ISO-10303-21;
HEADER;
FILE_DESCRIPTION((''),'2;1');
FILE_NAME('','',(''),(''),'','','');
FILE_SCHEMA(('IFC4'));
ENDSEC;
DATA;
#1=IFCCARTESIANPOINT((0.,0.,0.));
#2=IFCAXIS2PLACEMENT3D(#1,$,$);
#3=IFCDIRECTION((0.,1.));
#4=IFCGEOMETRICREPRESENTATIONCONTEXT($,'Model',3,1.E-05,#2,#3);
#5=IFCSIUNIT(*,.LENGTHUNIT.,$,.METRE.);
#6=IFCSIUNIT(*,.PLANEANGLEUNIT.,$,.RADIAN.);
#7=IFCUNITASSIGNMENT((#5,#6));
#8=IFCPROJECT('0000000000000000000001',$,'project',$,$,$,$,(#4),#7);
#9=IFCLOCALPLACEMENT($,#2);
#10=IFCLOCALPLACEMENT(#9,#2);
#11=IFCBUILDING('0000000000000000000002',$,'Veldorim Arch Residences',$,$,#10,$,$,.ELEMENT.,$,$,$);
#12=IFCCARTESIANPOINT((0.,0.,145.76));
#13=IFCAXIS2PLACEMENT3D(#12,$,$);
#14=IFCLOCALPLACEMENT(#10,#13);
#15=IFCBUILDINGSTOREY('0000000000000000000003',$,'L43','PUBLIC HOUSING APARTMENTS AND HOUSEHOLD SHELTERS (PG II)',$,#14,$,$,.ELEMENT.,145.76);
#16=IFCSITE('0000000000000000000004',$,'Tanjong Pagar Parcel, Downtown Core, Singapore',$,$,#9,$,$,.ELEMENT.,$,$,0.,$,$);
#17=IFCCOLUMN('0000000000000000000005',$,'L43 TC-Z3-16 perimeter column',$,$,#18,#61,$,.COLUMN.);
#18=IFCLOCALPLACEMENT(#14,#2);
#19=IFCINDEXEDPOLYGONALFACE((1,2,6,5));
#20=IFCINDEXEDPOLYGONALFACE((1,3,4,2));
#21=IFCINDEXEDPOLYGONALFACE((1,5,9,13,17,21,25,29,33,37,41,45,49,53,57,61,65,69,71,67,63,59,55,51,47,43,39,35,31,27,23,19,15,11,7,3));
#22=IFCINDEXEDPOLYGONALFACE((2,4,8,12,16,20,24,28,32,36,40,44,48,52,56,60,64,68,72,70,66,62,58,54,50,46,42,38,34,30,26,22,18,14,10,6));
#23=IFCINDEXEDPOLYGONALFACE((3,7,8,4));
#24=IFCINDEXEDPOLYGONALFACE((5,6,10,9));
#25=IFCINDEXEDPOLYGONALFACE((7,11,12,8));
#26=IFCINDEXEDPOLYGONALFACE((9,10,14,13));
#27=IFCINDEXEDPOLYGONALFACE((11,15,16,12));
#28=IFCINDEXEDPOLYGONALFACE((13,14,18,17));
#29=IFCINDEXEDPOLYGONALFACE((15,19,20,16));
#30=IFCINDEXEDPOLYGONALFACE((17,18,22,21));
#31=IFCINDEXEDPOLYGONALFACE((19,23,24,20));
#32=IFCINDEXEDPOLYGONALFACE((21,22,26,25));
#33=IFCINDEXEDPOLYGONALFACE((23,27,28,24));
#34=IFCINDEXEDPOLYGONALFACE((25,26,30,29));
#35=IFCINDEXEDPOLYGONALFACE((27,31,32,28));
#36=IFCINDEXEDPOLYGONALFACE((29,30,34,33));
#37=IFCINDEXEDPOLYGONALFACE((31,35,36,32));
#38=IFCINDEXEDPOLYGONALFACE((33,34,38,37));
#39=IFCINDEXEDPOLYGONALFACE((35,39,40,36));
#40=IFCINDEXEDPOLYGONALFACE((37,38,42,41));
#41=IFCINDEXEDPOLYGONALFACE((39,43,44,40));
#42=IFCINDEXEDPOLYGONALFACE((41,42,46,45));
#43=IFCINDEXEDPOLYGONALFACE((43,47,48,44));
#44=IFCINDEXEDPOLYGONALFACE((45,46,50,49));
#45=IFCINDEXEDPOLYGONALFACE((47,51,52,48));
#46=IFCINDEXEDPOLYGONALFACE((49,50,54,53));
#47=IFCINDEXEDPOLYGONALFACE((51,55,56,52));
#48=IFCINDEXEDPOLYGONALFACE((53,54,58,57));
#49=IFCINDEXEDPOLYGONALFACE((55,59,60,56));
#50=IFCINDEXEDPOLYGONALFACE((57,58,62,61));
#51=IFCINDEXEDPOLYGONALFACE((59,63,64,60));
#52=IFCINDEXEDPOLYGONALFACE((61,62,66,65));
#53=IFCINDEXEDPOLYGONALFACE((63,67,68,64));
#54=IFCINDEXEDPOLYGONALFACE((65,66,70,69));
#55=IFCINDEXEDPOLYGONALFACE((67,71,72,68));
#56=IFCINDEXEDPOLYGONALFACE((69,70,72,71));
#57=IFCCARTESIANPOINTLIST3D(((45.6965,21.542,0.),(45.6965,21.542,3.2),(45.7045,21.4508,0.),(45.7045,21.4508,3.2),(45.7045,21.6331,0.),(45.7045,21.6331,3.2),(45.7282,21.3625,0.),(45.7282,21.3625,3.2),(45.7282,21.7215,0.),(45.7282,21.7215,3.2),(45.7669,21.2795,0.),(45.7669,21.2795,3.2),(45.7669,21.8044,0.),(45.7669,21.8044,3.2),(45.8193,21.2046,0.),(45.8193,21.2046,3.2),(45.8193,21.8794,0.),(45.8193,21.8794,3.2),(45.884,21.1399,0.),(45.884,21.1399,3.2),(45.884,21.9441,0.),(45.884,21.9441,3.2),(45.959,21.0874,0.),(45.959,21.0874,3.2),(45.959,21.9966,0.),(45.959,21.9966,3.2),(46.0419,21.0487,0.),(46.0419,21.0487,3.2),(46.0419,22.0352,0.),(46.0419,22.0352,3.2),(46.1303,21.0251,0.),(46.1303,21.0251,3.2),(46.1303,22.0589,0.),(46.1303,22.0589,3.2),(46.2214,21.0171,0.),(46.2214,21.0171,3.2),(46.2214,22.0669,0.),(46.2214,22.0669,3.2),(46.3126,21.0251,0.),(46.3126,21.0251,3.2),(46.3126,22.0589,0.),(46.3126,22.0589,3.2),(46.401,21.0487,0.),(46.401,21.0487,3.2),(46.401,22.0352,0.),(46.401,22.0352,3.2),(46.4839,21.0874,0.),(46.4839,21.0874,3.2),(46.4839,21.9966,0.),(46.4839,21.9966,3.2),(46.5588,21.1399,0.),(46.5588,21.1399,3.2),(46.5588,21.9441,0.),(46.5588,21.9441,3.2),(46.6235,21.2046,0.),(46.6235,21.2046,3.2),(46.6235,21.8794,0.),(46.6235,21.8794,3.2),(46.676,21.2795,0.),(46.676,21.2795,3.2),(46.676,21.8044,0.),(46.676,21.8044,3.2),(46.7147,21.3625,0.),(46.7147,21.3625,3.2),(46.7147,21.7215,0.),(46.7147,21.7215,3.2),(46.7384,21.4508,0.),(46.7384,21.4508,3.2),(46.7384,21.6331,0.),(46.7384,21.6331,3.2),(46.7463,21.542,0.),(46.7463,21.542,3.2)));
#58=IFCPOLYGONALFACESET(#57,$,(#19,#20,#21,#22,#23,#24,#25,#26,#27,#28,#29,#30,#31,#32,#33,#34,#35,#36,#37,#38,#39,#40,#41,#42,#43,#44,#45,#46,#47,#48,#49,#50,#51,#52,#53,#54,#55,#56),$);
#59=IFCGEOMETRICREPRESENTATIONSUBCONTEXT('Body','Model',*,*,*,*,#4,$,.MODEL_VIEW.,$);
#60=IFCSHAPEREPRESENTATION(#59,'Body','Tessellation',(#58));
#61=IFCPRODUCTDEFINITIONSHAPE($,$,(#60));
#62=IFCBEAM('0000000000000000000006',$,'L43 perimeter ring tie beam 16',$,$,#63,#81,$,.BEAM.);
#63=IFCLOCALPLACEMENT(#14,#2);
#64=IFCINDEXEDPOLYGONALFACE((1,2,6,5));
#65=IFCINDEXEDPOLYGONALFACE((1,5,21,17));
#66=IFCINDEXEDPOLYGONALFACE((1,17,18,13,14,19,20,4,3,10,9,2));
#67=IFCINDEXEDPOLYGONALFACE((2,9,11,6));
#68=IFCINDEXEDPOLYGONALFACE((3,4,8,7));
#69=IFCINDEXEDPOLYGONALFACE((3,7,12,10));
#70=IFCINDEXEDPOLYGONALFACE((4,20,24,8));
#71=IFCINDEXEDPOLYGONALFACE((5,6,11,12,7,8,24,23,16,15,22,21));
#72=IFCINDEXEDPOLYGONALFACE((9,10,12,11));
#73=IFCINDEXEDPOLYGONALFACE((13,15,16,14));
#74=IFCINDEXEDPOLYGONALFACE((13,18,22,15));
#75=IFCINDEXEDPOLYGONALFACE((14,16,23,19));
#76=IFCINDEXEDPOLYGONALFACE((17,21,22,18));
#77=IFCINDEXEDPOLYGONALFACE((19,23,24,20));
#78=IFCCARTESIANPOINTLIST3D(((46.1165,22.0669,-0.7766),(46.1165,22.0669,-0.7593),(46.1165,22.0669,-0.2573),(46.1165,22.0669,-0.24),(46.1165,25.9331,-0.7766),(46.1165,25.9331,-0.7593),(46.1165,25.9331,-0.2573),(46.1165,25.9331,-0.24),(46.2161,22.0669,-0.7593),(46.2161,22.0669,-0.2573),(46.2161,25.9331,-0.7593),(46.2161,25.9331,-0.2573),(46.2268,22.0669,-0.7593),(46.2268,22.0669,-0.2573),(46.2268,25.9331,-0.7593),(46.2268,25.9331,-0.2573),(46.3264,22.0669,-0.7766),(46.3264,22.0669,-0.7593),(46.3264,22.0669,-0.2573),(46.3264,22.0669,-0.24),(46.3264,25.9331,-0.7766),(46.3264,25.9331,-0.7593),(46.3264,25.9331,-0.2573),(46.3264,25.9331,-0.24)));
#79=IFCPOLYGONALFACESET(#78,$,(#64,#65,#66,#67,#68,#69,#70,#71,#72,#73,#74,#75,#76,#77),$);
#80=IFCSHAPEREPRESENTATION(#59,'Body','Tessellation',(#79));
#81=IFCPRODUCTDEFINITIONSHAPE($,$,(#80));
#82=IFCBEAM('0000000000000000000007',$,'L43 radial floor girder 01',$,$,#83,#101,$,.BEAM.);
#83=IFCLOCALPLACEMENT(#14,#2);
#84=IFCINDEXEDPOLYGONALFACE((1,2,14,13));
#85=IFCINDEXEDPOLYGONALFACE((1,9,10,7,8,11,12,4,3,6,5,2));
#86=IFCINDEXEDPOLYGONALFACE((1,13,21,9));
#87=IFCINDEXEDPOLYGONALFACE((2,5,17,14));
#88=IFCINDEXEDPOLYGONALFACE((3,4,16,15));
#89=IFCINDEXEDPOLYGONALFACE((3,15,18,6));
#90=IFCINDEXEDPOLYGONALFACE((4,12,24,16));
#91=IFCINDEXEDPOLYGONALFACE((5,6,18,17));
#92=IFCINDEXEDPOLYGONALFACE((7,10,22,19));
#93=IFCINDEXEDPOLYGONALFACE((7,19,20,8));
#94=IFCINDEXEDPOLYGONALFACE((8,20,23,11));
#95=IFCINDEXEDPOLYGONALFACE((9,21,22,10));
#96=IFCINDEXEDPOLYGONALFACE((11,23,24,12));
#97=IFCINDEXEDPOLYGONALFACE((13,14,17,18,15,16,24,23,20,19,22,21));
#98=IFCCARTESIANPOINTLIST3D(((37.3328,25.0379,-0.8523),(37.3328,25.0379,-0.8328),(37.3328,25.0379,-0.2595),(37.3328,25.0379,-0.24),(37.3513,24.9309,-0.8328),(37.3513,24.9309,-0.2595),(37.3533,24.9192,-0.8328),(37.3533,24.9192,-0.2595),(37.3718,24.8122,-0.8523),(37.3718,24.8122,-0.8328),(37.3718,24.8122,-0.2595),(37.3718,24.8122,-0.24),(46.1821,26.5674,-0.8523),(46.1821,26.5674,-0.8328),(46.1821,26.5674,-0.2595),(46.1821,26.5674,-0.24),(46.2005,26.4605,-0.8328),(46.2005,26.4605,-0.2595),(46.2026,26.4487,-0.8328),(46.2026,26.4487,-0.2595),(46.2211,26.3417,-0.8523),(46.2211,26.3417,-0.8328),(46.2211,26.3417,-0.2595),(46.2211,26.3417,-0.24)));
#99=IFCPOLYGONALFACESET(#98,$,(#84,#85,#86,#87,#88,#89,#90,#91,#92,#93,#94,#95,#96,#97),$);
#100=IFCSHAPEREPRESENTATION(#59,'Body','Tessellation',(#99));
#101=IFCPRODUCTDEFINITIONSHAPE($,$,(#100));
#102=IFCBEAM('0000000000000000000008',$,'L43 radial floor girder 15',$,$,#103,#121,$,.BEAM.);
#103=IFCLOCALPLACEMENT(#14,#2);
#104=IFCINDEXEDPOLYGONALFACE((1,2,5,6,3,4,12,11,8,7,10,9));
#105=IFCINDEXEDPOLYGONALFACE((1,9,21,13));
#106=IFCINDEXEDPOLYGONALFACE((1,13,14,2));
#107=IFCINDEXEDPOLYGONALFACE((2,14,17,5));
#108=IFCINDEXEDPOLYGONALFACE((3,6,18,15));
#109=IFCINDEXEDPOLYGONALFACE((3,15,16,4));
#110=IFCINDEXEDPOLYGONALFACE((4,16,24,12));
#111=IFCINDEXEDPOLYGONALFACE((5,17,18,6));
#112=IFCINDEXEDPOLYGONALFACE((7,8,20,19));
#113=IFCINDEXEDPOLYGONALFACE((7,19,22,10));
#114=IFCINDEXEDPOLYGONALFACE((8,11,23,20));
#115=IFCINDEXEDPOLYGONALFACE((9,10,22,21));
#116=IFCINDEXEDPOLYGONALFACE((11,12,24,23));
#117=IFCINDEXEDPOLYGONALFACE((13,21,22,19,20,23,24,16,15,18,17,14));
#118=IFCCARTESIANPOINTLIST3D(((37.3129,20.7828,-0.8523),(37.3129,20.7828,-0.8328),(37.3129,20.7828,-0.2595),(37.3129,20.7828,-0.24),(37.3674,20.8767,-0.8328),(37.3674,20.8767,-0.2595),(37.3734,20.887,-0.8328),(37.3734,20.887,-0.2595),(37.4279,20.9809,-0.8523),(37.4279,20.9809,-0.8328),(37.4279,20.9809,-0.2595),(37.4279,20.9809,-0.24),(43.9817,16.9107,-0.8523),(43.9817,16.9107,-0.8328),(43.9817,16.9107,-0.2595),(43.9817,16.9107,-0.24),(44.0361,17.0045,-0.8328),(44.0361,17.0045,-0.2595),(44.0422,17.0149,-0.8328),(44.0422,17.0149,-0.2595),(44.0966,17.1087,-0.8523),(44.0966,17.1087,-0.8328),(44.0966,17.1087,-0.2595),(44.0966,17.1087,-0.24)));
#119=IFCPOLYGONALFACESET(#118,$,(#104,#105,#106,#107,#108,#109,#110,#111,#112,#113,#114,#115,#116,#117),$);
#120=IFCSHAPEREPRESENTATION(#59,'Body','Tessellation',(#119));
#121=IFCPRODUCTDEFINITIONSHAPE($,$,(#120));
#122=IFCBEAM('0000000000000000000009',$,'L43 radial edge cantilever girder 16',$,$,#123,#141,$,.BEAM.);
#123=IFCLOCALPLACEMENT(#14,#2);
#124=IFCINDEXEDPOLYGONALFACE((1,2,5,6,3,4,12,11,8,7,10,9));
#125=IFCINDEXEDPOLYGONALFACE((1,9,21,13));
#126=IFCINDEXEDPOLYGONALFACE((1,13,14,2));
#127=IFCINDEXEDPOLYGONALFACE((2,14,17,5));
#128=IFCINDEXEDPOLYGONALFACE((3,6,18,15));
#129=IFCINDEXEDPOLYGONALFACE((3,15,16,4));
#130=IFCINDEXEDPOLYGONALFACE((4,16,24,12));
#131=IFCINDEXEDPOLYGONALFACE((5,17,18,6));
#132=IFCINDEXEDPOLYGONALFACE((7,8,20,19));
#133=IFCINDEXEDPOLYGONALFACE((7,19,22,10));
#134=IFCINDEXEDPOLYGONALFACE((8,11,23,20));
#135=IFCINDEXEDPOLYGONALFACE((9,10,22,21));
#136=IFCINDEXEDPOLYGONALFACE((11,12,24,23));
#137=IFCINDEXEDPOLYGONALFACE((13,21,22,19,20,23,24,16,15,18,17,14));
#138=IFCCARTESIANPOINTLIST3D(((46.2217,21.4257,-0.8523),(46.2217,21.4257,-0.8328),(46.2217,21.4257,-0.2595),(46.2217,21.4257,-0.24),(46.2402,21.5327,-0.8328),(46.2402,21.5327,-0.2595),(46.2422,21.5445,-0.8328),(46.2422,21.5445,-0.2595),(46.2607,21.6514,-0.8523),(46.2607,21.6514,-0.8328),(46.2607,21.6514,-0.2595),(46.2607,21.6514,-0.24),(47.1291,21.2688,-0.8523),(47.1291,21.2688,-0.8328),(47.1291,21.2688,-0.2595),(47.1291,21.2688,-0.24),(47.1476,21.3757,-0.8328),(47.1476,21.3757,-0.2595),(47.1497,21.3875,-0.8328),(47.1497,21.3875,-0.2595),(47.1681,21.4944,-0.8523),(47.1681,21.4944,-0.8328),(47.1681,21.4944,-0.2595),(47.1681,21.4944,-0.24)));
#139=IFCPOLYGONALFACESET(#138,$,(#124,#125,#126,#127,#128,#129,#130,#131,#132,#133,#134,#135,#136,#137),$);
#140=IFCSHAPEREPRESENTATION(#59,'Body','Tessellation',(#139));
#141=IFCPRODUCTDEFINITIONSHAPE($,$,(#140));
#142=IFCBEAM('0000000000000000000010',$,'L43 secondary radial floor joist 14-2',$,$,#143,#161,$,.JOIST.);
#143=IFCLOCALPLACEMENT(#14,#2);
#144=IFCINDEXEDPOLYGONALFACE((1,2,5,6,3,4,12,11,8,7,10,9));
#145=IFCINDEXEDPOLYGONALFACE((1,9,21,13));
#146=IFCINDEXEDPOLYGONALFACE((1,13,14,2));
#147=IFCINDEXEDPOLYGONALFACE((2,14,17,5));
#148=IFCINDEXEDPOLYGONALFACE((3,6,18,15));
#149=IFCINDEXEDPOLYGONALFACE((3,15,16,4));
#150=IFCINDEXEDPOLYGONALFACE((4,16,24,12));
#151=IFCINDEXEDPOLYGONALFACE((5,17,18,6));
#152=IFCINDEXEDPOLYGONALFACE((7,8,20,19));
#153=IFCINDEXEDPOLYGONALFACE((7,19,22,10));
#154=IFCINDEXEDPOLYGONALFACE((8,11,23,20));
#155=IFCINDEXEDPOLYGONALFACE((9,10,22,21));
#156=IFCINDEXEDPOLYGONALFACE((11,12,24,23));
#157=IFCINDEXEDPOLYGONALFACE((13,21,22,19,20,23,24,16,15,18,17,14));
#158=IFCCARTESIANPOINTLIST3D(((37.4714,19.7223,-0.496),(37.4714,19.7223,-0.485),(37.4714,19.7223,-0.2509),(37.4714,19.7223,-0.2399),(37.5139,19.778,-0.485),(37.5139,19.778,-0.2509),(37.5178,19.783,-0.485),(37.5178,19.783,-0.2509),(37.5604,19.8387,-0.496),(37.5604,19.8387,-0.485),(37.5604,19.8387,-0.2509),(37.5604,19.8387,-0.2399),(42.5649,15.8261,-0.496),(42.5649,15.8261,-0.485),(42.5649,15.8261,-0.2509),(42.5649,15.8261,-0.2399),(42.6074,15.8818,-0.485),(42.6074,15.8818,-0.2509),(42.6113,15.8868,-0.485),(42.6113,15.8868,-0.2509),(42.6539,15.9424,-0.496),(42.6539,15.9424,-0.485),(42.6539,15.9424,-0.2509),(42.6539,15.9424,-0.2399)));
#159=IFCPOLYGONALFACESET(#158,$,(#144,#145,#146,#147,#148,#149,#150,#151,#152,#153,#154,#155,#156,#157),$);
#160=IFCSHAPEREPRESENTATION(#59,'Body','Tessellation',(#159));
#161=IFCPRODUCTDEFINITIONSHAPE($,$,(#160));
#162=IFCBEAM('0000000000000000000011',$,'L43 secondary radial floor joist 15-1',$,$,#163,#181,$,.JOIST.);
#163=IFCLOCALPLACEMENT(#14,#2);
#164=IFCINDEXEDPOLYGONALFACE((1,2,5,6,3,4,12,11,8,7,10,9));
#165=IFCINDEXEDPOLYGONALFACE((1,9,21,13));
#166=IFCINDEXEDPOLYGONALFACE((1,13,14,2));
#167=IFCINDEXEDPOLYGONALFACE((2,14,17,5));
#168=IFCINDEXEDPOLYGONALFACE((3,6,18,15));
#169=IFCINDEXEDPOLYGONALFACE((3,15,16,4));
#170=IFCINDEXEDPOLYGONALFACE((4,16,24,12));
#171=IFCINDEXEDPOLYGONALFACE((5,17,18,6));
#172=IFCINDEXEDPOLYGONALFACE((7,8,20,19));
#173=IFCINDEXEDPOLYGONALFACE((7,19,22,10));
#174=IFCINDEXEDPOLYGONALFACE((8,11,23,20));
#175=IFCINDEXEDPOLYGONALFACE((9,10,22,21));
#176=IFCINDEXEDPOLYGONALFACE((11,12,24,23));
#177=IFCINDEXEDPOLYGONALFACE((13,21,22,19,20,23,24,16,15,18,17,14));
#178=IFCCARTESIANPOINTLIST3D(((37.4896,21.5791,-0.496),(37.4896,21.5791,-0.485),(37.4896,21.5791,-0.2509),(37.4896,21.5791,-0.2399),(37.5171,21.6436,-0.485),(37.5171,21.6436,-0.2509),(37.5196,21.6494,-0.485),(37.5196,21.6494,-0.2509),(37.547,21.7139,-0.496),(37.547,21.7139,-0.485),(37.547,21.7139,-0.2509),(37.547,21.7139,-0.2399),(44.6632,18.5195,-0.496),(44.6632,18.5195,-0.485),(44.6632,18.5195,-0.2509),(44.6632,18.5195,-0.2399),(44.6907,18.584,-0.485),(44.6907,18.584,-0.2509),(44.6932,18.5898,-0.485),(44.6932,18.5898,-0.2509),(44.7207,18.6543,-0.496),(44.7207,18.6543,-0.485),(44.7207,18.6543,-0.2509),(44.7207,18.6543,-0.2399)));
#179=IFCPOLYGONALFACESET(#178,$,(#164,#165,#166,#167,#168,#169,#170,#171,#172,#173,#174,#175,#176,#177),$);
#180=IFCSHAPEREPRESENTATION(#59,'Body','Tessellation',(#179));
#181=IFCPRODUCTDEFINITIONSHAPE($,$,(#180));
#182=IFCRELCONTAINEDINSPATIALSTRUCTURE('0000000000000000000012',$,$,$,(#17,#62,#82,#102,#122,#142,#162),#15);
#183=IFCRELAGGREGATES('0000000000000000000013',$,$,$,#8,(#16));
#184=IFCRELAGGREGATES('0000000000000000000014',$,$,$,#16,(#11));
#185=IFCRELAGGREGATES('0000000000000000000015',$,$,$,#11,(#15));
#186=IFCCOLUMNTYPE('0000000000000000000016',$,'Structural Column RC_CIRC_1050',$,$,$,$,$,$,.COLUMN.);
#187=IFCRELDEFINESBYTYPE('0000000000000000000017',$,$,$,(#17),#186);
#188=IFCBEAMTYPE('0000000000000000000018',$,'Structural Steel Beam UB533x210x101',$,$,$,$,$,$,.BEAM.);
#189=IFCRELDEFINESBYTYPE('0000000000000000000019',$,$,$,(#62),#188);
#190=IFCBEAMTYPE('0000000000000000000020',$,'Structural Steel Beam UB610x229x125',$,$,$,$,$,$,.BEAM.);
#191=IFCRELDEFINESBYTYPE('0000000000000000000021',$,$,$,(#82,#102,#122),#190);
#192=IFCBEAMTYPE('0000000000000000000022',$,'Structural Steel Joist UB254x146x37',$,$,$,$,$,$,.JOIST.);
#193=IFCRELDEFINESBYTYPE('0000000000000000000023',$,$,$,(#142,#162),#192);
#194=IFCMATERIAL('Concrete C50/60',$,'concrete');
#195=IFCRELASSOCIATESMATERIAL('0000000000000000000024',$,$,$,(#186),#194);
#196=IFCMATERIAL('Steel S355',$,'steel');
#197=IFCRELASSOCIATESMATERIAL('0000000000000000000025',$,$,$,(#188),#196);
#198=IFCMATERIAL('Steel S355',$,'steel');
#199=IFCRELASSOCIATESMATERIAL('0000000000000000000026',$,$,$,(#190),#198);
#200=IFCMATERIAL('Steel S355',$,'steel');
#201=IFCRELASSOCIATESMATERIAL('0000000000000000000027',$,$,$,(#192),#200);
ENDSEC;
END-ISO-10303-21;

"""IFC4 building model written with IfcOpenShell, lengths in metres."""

from ifc_helpers import new_model, si_unit, direction, frame, origin, origin_2d, place, context, subcontext, project, spatial, circle, i_section, extrude, material, material_profile, profile_set, type_object, element, save


model = new_model("IFC4")

# Units and contexts
model_context = context("Model", 3, precision=1e-05, world=origin(), true_north=direction((0.0, 1.0)))
body_context = subcontext(model_context, "Body", "Model", "MODEL_VIEW")
ifc_project = project(units=[si_unit("LENGTHUNIT", "METRE"), si_unit("PLANEANGLEUNIT", "RADIAN")], contexts=[model_context])

# Site, building, storey
site_placement = place(None, origin())
site = spatial("IfcSite", under=ifc_project, at=site_placement, Name="Tanjong Pagar Parcel, Downtown Core, Singapore", CompositionType="ELEMENT", RefElevation=0.0)
building_placement = place(site_placement, origin())
building = spatial("IfcBuilding", under=site, at=building_placement, Name="Veldorim Arch Residences", CompositionType="ELEMENT")
storey_placement = place(building_placement, frame((0.0, 0.0, 145.76)))
storey = spatial("IfcBuildingStorey", under=building, at=storey_placement, Name="L43", Description="PUBLIC HOUSING APARTMENTS AND HOUSEHOLD SHELTERS (PG II)", CompositionType="ELEMENT", Elevation=145.76)

# Column
ifc_material_1 = material(Name="Concrete C50/60", Category="concrete")
ifc_material_profile_1 = material_profile(ifc_material_1, circle(Radius=0.5249, at=origin_2d()), Name="RC_CIRC_1050")
ifc_profile_set_1 = profile_set([ifc_material_profile_1], Name="Concrete C50/60")
column_type = type_object("IfcColumnType", Name="Structural Column RC_CIRC_1050", PredefinedType="COLUMN", material=ifc_profile_set_1)
column_placement = place(storey_placement, frame((46.2214, 21.542, 0.0), z_axis=(0.0, 0.0, 1.0), x_axis=(1.0, 0.0, 0.0)))
element("IfcColumn", 1, at=column_placement, inside=storey, type_object=column_type, Name="L43 TC-Z3-16 perimeter column", PredefinedType="COLUMN", context=body_context, shape_type="SweptSolid", body=[
    extrude(circle(Radius=0.5249, at=origin_2d()), origin(), (0.0, 0.0, 1.0), 3.2),
])

# Beams
ifc_material_2 = material(Name="Steel S355", Category="steel")
ifc_material_profile_2 = material_profile(ifc_material_2, i_section(OverallWidth=0.21, OverallDepth=0.5366, WebThickness=0.0107, FlangeThickness=0.0173, at=origin_2d()), Name="UB533x210x101")
ifc_profile_set_2 = profile_set([ifc_material_profile_2], Name="Steel S355")
beam_type_1 = type_object("IfcBeamType", Name="Structural Steel Beam UB533x210x101", PredefinedType="BEAM", material=ifc_profile_set_2)
beam_1_placement = place(storey_placement, frame((46.2214, 22.0669, -0.5083), z_axis=(0.0, 1.0, 0.0), x_axis=(-1.0, 0.0, 0.0)))
element("IfcBeam", 2, at=beam_1_placement, inside=storey, type_object=beam_type_1, Name="L43 perimeter ring tie beam 16", PredefinedType="BEAM", context=body_context, shape_type="SweptSolid", body=[
    extrude(i_section(OverallWidth=0.21, OverallDepth=0.5366, WebThickness=0.0107, FlangeThickness=0.0173, at=origin_2d()), origin(), (0.0, 0.0, 1.0), 3.8662),
])
ifc_material_3 = material(Name="Steel S355", Category="steel")
ifc_material_profile_3 = material_profile(ifc_material_3, i_section(OverallWidth=0.229, OverallDepth=0.6123, WebThickness=0.012, FlangeThickness=0.0195, at=origin_2d()), Name="UB610x229x125")
ifc_profile_set_3 = profile_set([ifc_material_profile_3], Name="Steel S355")
beam_type_2 = type_object("IfcBeamType", Name="Structural Steel Beam UB610x229x125", PredefinedType="BEAM", material=ifc_profile_set_3)
beam_2_placement = place(storey_placement, frame((37.3523, 24.925, -0.5461), z_axis=(0.985389, 0.170317, 0.0), x_axis=(-0.170317, 0.985389, 0.0)))
element("IfcBeam", 3, at=beam_2_placement, inside=storey, type_object=beam_type_2, Name="L43 radial floor girder 01", PredefinedType="BEAM", context=body_context, shape_type="SweptSolid", body=[
    extrude(i_section(OverallWidth=0.229, OverallDepth=0.6123, WebThickness=0.012, FlangeThickness=0.0195, at=origin_2d()), origin(), (0.0, 0.0, 1.0), 8.9805),
])
beam_3_placement = place(storey_placement, frame((37.3704, 20.8818, -0.5461), z_axis=(0.864793, -0.502128, 0.0), x_axis=(0.502128, 0.864793, 0.0)))
element("IfcBeam", 4, at=beam_3_placement, inside=storey, type_object=beam_type_2, Name="L43 radial floor girder 15", PredefinedType="BEAM", context=body_context, shape_type="SweptSolid", body=[
    extrude(i_section(OverallWidth=0.229, OverallDepth=0.6123, WebThickness=0.012, FlangeThickness=0.0195, at=origin_2d()), origin(), (0.0, 0.0, 1.0), 7.7114),
])
beam_4_placement = place(storey_placement, frame((46.2412, 21.5386, -0.5461), z_axis=(0.985365, -0.170457, 0.0), x_axis=(0.170457, 0.985365, 0.0)))
element("IfcBeam", 5, at=beam_4_placement, inside=storey, type_object=beam_type_2, Name="L43 radial edge cantilever girder 16", PredefinedType="BEAM", context=body_context, shape_type="SweptSolid", body=[
    extrude(i_section(OverallWidth=0.229, OverallDepth=0.6123, WebThickness=0.012, FlangeThickness=0.0195, at=origin_2d()), origin(), (0.0, 0.0, 1.0), 0.9209),
])
ifc_material_4 = material(Name="Steel S355", Category="steel")
ifc_material_profile_4 = material_profile(ifc_material_4, i_section(OverallWidth=0.1465, OverallDepth=0.2561, WebThickness=0.0063, FlangeThickness=0.011, at=origin_2d()), Name="UB254x146x37")
ifc_profile_set_4 = profile_set([ifc_material_profile_4], Name="Steel S355")
beam_type_3 = type_object("IfcBeamType", Name="Structural Steel Joist UB254x146x37", PredefinedType="JOIST", material=ifc_profile_set_4)
beam_5_placement = place(storey_placement, frame((37.5159, 19.7805, -0.3679), z_axis=(0.794267, -0.607569, 0.0), x_axis=(0.607569, 0.794267, 0.0)))
element("IfcBeam", 6, at=beam_5_placement, inside=storey, type_object=beam_type_3, Name="L43 secondary radial floor joist 14-2", PredefinedType="JOIST", context=body_context, shape_type="SweptSolid", body=[
    extrude(i_section(OverallWidth=0.1465, OverallDepth=0.2561, WebThickness=0.0063, FlangeThickness=0.011, at=origin_2d()), origin(), (0.0, 0.0, 1.0), 6.4128),
])
beam_6_placement = place(storey_placement, frame((37.5183, 21.6465, -0.3679), z_axis=(0.919832, -0.392313, 0.0), x_axis=(0.392313, 0.919832, 0.0)))
element("IfcBeam", 7, at=beam_6_placement, inside=storey, type_object=beam_type_3, Name="L43 secondary radial floor joist 15-1", PredefinedType="JOIST", context=body_context, shape_type="SweptSolid", body=[
    extrude(i_section(OverallWidth=0.1465, OverallDepth=0.2561, WebThickness=0.0063, FlangeThickness=0.011, at=origin_2d()), origin(), (0.0, 0.0, 1.0), 7.7988),
])

save(model, "model.ifc")
